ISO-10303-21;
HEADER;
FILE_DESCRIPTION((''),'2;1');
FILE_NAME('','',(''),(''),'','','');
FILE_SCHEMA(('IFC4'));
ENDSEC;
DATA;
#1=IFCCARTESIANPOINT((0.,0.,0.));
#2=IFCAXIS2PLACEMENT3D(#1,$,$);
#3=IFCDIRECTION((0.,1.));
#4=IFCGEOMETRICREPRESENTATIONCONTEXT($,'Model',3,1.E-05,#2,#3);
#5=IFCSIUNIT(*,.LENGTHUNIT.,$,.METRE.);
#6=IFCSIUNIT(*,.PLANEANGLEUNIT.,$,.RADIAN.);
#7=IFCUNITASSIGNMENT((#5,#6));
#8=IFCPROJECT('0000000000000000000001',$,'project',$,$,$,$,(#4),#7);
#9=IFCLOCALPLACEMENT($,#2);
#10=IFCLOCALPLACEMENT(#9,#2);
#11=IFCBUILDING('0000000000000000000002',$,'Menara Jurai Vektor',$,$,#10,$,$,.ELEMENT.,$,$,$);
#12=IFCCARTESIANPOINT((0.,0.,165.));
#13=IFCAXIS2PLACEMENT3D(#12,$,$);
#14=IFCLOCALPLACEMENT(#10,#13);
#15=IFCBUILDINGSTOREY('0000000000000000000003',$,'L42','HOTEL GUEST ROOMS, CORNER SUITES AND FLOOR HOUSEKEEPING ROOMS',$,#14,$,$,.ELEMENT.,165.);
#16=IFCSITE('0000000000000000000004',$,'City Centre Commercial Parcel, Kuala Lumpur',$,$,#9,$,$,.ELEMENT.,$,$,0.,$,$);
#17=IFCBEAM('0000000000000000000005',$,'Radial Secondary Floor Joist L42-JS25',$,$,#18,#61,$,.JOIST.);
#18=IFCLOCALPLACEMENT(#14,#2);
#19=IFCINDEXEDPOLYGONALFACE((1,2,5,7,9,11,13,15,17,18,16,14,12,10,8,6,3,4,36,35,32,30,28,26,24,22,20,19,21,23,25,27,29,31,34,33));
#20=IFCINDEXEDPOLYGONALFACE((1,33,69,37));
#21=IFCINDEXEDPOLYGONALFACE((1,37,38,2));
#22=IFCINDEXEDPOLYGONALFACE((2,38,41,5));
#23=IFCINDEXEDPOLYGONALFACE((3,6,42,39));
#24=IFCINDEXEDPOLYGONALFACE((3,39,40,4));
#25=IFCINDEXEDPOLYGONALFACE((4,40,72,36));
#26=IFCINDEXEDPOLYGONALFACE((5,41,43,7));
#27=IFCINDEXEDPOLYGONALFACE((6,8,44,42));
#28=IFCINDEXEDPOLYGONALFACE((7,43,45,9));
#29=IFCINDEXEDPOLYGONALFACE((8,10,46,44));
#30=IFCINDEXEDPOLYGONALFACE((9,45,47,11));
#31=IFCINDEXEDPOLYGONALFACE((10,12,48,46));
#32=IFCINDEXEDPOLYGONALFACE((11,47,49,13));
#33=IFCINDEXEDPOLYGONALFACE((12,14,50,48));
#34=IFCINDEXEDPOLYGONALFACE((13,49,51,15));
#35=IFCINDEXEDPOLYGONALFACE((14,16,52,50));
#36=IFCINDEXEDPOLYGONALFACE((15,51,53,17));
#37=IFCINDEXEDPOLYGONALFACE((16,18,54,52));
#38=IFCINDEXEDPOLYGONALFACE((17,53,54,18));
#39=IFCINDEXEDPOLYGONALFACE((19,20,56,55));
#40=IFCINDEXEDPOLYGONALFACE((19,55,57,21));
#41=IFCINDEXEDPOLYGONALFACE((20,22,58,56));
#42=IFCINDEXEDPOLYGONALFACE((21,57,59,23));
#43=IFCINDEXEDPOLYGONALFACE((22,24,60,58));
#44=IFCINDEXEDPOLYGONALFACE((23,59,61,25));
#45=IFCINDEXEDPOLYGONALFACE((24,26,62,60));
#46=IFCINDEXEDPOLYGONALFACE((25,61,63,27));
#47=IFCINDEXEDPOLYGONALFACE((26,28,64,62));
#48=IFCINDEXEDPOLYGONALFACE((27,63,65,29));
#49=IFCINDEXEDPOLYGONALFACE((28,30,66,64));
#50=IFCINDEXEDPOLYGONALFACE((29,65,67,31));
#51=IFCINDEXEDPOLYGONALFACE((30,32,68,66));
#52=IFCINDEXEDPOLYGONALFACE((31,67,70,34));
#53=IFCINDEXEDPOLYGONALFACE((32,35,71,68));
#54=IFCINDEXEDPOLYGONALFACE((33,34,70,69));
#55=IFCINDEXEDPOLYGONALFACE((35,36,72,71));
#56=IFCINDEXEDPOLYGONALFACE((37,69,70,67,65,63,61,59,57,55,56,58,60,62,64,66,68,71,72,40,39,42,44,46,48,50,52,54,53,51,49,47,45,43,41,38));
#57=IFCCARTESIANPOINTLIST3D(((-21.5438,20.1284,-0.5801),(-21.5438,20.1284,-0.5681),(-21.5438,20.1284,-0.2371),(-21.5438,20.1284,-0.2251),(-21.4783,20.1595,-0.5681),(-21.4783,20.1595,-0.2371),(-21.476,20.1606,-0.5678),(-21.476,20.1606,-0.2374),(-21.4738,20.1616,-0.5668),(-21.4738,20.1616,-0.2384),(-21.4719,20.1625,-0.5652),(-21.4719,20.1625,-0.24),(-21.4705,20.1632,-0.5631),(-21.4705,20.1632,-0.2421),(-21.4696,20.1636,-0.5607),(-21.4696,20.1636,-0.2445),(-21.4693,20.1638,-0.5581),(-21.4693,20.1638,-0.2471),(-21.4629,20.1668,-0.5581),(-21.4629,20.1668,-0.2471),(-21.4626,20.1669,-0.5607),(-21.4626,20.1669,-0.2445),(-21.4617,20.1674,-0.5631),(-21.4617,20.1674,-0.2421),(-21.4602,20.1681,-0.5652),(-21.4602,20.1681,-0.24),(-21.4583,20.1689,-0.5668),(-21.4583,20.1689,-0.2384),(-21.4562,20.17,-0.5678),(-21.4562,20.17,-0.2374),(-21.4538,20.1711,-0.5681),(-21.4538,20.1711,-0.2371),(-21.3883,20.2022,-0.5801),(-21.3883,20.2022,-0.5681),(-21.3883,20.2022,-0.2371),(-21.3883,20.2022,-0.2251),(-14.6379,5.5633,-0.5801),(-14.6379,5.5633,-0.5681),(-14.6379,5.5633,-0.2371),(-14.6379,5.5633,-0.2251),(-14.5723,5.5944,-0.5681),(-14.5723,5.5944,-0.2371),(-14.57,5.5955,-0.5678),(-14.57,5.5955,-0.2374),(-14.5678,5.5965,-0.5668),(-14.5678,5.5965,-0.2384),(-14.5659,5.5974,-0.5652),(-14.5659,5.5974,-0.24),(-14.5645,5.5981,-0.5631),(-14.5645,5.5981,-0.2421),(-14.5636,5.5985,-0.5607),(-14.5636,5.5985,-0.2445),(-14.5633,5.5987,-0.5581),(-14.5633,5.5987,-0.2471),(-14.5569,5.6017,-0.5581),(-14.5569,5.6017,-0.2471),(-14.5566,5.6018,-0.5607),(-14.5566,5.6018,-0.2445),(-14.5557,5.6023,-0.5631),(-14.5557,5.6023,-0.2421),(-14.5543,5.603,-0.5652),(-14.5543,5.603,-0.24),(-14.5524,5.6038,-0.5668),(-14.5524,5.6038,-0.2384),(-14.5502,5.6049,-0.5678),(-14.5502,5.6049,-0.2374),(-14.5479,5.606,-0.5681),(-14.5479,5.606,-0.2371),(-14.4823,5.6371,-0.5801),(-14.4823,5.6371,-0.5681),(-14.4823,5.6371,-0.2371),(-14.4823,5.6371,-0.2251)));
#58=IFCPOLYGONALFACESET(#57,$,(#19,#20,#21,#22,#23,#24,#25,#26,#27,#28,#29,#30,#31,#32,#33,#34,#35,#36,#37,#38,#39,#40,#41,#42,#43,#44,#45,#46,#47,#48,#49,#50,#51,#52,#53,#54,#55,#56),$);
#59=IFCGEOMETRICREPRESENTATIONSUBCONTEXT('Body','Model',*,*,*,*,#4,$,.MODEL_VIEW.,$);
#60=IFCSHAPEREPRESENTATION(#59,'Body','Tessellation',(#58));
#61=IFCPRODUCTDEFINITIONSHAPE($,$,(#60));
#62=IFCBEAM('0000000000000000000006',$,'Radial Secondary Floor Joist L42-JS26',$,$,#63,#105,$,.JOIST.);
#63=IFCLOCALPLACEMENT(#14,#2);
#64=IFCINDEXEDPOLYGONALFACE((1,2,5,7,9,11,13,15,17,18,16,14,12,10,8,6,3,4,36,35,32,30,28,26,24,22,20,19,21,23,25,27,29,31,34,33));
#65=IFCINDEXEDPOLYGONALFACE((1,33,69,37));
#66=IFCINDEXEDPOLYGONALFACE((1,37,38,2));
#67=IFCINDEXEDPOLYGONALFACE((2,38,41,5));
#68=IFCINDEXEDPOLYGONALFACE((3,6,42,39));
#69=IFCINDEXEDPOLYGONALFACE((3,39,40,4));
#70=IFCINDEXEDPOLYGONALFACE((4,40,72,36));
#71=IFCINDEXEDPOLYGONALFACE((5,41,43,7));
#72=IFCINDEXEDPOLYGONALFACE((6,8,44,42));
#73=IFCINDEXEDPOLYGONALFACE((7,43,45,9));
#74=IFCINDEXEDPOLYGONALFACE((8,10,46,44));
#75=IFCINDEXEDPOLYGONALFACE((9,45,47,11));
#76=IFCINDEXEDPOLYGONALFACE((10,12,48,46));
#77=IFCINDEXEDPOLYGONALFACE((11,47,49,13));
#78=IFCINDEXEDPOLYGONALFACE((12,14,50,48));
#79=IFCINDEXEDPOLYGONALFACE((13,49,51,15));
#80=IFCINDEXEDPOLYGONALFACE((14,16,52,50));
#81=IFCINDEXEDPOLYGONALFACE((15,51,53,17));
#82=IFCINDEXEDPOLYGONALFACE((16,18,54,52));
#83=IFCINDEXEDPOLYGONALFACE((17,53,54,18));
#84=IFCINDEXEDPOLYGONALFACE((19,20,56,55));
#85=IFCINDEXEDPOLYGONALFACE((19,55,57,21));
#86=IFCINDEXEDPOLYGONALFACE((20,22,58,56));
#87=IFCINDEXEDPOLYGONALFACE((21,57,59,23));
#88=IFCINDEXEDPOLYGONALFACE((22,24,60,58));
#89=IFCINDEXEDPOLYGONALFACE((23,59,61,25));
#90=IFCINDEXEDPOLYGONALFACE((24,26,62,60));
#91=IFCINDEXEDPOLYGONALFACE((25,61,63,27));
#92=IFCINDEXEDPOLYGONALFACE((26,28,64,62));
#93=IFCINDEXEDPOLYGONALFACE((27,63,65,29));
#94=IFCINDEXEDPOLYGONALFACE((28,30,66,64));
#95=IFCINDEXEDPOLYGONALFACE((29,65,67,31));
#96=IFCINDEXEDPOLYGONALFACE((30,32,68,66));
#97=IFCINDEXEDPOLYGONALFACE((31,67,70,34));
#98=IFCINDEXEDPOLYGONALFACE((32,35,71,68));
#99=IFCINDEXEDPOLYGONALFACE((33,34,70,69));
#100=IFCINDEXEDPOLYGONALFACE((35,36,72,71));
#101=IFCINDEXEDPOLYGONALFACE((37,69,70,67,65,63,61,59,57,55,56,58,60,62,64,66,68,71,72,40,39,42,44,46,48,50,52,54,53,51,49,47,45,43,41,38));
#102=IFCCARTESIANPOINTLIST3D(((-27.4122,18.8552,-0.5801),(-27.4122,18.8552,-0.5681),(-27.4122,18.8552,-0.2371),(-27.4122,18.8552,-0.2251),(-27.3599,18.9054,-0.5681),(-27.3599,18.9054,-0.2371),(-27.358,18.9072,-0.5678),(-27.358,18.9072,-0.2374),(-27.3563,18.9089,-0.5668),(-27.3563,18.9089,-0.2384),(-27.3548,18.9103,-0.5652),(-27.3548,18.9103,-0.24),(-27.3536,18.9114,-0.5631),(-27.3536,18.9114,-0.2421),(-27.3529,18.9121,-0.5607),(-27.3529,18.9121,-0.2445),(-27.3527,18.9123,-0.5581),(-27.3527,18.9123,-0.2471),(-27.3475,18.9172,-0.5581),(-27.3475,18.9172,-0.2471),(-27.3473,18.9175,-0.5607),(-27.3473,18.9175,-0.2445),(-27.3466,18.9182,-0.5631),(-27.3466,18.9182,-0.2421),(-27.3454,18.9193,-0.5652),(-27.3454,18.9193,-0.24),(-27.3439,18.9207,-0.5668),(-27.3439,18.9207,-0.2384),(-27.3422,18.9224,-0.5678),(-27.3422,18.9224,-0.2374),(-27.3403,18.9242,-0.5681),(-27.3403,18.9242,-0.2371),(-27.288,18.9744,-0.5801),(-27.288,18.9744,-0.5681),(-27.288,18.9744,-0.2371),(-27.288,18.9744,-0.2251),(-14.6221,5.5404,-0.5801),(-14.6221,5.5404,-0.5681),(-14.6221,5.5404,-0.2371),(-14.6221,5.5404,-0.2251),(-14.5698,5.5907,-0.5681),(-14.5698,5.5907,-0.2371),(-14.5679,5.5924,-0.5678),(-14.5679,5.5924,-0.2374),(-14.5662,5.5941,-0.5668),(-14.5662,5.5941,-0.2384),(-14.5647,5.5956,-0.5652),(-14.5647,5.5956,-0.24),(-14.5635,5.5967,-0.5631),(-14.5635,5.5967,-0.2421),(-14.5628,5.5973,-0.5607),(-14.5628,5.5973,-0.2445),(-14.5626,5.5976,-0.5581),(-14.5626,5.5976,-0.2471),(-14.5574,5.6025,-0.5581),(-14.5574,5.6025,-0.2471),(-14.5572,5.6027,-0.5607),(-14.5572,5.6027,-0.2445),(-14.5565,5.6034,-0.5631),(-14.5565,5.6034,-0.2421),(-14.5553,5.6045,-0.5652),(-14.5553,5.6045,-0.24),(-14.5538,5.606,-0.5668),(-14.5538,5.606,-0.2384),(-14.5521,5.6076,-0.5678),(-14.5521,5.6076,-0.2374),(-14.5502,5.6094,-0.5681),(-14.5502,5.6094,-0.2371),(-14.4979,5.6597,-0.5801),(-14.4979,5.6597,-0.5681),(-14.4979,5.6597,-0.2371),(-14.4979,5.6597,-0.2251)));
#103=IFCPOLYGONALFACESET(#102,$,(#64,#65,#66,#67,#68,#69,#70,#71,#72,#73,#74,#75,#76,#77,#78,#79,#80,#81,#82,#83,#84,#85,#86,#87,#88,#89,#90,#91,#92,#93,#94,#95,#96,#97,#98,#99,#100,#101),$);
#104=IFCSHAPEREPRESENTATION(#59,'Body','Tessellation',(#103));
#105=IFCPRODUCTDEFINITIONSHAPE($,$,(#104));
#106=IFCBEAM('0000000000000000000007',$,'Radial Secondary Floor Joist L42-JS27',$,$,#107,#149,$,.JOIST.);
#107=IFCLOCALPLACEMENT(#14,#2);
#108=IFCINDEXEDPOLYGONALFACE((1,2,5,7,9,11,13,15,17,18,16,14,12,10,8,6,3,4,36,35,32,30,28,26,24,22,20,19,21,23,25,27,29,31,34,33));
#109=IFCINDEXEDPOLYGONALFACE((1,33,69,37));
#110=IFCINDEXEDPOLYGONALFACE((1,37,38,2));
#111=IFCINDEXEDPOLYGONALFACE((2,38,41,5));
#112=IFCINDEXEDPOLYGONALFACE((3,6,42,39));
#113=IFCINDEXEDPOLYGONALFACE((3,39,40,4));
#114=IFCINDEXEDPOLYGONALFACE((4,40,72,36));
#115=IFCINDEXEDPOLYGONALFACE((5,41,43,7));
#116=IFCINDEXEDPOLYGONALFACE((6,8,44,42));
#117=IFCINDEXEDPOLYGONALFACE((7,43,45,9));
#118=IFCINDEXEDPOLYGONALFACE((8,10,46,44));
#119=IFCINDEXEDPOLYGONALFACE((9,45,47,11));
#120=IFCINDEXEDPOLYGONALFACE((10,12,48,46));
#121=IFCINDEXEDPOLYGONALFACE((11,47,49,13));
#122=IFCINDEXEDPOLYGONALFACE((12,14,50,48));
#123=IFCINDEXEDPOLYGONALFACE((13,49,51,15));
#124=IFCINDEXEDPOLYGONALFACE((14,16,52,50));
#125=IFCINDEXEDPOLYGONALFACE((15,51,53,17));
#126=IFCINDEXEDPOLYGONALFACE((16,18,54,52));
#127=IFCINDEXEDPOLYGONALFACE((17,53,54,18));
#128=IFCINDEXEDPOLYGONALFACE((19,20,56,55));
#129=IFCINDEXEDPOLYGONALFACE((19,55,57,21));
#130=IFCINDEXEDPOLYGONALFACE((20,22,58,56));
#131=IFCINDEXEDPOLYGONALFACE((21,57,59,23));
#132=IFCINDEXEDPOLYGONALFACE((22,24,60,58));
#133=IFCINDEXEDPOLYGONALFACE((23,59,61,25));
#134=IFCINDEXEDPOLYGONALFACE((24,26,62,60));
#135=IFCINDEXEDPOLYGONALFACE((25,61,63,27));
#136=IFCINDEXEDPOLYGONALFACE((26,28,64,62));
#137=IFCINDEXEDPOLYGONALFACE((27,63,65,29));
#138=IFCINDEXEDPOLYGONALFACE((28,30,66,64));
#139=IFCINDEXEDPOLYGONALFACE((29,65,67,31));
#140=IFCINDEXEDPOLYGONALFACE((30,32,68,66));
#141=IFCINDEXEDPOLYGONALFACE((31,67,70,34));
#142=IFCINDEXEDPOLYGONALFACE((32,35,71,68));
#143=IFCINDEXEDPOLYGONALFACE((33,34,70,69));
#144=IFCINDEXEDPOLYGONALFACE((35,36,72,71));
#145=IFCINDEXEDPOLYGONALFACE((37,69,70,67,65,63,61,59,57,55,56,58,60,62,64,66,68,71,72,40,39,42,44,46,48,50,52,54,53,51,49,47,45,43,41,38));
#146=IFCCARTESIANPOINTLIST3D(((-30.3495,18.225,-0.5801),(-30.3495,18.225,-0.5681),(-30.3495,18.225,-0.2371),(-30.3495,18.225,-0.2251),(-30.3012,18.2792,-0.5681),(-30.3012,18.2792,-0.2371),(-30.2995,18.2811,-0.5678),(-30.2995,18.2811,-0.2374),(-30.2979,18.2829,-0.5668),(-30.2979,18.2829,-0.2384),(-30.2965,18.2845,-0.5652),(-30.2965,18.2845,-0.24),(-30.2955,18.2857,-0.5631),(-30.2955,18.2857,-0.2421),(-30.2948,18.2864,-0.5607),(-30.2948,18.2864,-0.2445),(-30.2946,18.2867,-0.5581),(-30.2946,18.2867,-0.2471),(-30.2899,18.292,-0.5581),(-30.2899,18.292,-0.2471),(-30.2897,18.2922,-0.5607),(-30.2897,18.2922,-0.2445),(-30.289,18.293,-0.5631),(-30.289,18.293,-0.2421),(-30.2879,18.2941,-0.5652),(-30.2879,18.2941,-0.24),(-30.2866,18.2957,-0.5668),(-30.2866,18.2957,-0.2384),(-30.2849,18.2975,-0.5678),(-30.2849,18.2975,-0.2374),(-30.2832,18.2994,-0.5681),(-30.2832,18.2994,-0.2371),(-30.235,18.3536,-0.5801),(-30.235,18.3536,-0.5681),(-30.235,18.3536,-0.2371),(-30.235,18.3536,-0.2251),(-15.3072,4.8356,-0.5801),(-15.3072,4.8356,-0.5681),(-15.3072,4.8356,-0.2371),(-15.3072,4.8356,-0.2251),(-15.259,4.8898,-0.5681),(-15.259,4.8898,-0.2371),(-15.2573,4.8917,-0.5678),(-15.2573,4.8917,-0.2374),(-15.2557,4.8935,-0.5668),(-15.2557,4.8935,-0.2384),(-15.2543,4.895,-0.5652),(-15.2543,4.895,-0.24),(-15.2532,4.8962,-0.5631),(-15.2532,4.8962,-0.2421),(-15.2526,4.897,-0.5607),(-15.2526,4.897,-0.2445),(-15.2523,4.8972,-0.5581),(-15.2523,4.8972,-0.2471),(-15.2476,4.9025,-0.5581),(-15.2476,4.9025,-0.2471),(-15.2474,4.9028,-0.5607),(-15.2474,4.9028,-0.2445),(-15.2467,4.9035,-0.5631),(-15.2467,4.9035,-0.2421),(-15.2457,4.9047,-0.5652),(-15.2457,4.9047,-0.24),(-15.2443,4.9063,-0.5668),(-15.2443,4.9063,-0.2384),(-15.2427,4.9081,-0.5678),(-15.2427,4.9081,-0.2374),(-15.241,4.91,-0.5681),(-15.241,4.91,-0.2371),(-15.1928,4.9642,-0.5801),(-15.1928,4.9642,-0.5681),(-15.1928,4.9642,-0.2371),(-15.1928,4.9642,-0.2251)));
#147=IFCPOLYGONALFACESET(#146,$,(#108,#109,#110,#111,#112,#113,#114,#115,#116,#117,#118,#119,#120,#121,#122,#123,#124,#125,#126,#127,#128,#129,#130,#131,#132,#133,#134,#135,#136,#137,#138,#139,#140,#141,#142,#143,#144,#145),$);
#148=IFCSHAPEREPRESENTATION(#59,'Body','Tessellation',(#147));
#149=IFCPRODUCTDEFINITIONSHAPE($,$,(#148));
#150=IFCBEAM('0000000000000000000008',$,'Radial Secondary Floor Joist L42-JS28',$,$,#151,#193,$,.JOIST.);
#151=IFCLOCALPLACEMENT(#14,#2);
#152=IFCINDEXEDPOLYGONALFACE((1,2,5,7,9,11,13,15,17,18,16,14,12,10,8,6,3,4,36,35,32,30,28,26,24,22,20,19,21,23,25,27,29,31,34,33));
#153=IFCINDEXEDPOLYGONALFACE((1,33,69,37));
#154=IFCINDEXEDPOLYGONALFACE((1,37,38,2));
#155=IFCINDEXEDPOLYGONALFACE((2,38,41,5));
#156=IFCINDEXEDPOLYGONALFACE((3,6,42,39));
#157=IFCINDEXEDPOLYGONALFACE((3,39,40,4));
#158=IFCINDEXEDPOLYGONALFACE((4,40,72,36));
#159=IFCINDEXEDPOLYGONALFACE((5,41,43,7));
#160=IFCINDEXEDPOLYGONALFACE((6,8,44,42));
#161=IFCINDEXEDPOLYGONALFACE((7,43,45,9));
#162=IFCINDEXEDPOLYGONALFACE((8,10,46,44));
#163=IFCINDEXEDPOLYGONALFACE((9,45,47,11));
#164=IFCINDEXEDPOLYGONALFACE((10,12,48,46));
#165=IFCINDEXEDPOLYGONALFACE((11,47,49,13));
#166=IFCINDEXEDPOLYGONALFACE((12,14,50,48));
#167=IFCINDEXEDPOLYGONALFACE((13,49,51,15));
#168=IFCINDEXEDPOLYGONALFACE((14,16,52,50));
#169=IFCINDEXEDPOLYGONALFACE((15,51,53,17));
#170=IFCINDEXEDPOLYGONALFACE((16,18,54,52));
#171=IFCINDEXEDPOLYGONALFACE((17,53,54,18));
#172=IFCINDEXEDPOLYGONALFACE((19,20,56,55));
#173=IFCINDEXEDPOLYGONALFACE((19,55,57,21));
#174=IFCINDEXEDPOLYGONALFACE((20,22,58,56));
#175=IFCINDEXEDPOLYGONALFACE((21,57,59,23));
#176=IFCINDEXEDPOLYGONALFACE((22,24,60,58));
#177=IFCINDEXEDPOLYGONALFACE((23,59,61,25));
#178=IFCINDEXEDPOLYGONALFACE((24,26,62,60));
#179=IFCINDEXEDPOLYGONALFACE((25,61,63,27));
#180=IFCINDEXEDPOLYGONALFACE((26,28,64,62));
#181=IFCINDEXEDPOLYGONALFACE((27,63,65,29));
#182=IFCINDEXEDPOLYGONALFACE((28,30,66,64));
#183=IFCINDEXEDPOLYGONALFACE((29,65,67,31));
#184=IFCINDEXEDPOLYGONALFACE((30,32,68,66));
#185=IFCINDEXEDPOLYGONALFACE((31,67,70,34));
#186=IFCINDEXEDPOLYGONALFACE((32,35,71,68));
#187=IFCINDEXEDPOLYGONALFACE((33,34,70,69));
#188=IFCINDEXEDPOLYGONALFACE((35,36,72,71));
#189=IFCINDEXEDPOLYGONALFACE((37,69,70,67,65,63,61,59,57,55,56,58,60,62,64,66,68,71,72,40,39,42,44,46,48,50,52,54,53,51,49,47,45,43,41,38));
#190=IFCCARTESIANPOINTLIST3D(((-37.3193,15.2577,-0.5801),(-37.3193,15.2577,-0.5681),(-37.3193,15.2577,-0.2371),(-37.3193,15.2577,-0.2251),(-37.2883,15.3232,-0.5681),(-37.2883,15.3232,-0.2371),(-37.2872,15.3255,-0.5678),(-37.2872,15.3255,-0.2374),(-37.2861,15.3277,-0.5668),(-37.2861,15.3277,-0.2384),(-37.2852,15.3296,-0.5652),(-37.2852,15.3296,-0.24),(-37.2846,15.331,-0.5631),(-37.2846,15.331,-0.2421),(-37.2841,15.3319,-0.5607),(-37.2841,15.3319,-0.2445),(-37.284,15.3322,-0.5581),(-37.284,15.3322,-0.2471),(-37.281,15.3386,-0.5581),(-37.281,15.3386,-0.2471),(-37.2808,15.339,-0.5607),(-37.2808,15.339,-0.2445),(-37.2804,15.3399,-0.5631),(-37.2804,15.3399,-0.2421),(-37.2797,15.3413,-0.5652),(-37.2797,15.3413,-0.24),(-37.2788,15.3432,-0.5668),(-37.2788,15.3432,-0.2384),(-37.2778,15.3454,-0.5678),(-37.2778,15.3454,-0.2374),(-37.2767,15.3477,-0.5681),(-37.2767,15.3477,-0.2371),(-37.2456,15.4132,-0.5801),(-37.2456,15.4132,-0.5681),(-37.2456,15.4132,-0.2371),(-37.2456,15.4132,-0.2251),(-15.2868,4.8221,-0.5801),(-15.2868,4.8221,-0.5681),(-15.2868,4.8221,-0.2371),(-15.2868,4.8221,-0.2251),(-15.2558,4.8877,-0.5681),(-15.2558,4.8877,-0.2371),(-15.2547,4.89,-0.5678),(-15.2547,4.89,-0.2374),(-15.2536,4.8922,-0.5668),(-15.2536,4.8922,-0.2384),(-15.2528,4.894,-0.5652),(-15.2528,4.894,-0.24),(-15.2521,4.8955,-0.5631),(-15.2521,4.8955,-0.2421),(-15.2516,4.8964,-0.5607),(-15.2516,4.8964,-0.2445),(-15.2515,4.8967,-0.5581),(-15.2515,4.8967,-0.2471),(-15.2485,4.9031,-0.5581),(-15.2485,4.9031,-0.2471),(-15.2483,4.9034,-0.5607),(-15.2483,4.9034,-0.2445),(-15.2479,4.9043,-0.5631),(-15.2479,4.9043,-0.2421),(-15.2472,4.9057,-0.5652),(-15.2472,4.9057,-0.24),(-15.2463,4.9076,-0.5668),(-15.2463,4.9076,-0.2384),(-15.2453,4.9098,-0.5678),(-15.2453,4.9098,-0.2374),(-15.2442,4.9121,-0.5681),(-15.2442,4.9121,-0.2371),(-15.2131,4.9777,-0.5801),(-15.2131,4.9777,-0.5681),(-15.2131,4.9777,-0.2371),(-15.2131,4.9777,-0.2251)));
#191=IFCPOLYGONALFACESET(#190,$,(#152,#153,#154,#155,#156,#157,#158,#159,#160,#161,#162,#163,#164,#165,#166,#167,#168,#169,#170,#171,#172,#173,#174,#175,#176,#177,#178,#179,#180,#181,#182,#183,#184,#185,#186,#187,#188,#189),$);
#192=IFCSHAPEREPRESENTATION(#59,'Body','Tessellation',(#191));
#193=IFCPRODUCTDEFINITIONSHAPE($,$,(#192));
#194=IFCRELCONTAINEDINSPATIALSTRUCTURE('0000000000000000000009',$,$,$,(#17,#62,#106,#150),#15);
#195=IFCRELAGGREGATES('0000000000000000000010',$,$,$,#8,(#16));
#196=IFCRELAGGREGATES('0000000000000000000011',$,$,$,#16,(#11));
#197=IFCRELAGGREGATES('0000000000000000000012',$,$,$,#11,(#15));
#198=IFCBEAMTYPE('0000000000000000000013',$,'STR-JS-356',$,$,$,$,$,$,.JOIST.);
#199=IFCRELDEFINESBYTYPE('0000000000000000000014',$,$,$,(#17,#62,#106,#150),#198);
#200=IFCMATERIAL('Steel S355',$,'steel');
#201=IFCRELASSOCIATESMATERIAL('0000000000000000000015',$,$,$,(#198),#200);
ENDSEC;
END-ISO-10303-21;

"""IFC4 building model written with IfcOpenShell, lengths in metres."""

from ifc_helpers import new_model, si_unit, direction, frame, origin, origin_2d, place, context, subcontext, project, spatial, i_section, extrude, material, material_profile, profile_set, type_object, element, save


model = new_model("IFC4")

# Units and contexts
model_context = context("Model", 3, precision=1e-05, world=origin(), true_north=direction((0.0, 1.0)))
body_context = subcontext(model_context, "Body", "Model", "MODEL_VIEW")
ifc_project = project(units=[si_unit("LENGTHUNIT", "METRE"), si_unit("PLANEANGLEUNIT", "RADIAN")], contexts=[model_context])

# Site, building, storey
site_placement = place(None, origin())
site = spatial("IfcSite", under=ifc_project, at=site_placement, Name="City Centre Commercial Parcel, Kuala Lumpur", CompositionType="ELEMENT", RefElevation=0.0)
building_placement = place(site_placement, origin())
building = spatial("IfcBuilding", under=site, at=building_placement, Name="Menara Jurai Vektor", CompositionType="ELEMENT")
storey_placement = place(building_placement, frame((0.0, 0.0, 165.0)))
storey = spatial("IfcBuildingStorey", under=building, at=storey_placement, Name="L42", Description="HOTEL GUEST ROOMS, CORNER SUITES AND FLOOR HOUSEKEEPING ROOMS", CompositionType="ELEMENT", Elevation=165.0)

# Beams
ifc_material_1 = material(Name="Steel S355", Category="steel")
ifc_material_profile_1 = material_profile(ifc_material_1, i_section(OverallWidth=0.1721, OverallDepth=0.355, WebThickness=0.0071, FlangeThickness=0.012, FilletRadius=0.01, at=origin_2d()), Name="UKB 356x171x51")
ifc_profile_set_1 = profile_set([ifc_material_profile_1], Name="Steel S355")
beam_type_1 = type_object("IfcBeamType", Name="STR-JS-356", PredefinedType="JOIST", material=ifc_profile_set_1)
beam_1_placement = place(storey_placement, frame((-21.4661, 20.1653, -0.4026), z_axis=(0.428426, -0.903577, 0.0), x_axis=(0.903577, 0.428426, 0.0)))
element("IfcBeam", 1, at=beam_1_placement, inside=storey, type_object=beam_type_1, Name="Radial Secondary Floor Joist L42-JS25", PredefinedType="JOIST", context=body_context, shape_type="SweptSolid", body=[
    extrude(i_section(OverallWidth=0.1721, OverallDepth=0.355, WebThickness=0.0071, FlangeThickness=0.012, FilletRadius=0.01, at=origin_2d()), origin(), (0.0, 0.0, 1.0), 16.1194),
])
beam_2_placement = place(storey_placement, frame((-27.3501, 18.9148, -0.4026), z_axis=(0.692755, -0.721173, 0.0), x_axis=(0.721173, 0.692755, 0.0)))
element("IfcBeam", 2, at=beam_2_placement, inside=storey, type_object=beam_type_1, Name="Radial Secondary Floor Joist L42-JS26", PredefinedType="JOIST", context=body_context, shape_type="SweptSolid", body=[
    extrude(i_section(OverallWidth=0.1721, OverallDepth=0.355, WebThickness=0.0071, FlangeThickness=0.012, FilletRadius=0.01, at=origin_2d()), origin(), (0.0, 0.0, 1.0), 18.4626),
])
beam_3_placement = place(storey_placement, frame((-30.2922, 18.2893, -0.4026), z_axis=(0.746952, -0.664878, 0.0), x_axis=(0.664878, 0.746952, 0.0)))
element("IfcBeam", 3, at=beam_3_placement, inside=storey, type_object=beam_type_1, Name="Radial Secondary Floor Joist L42-JS27", PredefinedType="JOIST", context=body_context, shape_type="SweptSolid", body=[
    extrude(i_section(OverallWidth=0.1721, OverallDepth=0.355, WebThickness=0.0071, FlangeThickness=0.012, FilletRadius=0.01, at=origin_2d()), origin(), (0.0, 0.0, 1.0), 20.1382),
])
beam_4_placement = place(storey_placement, frame((-37.2825, 15.3354, -0.4026), z_axis=(0.903752, -0.428057, 0.0), x_axis=(0.428057, 0.903752, 0.0)))
element("IfcBeam", 4, at=beam_4_placement, inside=storey, type_object=beam_type_1, Name="Radial Secondary Floor Joist L42-JS28", PredefinedType="JOIST", context=body_context, shape_type="SweptSolid", body=[
    extrude(i_section(OverallWidth=0.1721, OverallDepth=0.355, WebThickness=0.0071, FlangeThickness=0.012, FilletRadius=0.01, at=origin_2d()), origin(), (0.0, 0.0, 1.0), 24.3789),
])

save(model, "model.ifc")
